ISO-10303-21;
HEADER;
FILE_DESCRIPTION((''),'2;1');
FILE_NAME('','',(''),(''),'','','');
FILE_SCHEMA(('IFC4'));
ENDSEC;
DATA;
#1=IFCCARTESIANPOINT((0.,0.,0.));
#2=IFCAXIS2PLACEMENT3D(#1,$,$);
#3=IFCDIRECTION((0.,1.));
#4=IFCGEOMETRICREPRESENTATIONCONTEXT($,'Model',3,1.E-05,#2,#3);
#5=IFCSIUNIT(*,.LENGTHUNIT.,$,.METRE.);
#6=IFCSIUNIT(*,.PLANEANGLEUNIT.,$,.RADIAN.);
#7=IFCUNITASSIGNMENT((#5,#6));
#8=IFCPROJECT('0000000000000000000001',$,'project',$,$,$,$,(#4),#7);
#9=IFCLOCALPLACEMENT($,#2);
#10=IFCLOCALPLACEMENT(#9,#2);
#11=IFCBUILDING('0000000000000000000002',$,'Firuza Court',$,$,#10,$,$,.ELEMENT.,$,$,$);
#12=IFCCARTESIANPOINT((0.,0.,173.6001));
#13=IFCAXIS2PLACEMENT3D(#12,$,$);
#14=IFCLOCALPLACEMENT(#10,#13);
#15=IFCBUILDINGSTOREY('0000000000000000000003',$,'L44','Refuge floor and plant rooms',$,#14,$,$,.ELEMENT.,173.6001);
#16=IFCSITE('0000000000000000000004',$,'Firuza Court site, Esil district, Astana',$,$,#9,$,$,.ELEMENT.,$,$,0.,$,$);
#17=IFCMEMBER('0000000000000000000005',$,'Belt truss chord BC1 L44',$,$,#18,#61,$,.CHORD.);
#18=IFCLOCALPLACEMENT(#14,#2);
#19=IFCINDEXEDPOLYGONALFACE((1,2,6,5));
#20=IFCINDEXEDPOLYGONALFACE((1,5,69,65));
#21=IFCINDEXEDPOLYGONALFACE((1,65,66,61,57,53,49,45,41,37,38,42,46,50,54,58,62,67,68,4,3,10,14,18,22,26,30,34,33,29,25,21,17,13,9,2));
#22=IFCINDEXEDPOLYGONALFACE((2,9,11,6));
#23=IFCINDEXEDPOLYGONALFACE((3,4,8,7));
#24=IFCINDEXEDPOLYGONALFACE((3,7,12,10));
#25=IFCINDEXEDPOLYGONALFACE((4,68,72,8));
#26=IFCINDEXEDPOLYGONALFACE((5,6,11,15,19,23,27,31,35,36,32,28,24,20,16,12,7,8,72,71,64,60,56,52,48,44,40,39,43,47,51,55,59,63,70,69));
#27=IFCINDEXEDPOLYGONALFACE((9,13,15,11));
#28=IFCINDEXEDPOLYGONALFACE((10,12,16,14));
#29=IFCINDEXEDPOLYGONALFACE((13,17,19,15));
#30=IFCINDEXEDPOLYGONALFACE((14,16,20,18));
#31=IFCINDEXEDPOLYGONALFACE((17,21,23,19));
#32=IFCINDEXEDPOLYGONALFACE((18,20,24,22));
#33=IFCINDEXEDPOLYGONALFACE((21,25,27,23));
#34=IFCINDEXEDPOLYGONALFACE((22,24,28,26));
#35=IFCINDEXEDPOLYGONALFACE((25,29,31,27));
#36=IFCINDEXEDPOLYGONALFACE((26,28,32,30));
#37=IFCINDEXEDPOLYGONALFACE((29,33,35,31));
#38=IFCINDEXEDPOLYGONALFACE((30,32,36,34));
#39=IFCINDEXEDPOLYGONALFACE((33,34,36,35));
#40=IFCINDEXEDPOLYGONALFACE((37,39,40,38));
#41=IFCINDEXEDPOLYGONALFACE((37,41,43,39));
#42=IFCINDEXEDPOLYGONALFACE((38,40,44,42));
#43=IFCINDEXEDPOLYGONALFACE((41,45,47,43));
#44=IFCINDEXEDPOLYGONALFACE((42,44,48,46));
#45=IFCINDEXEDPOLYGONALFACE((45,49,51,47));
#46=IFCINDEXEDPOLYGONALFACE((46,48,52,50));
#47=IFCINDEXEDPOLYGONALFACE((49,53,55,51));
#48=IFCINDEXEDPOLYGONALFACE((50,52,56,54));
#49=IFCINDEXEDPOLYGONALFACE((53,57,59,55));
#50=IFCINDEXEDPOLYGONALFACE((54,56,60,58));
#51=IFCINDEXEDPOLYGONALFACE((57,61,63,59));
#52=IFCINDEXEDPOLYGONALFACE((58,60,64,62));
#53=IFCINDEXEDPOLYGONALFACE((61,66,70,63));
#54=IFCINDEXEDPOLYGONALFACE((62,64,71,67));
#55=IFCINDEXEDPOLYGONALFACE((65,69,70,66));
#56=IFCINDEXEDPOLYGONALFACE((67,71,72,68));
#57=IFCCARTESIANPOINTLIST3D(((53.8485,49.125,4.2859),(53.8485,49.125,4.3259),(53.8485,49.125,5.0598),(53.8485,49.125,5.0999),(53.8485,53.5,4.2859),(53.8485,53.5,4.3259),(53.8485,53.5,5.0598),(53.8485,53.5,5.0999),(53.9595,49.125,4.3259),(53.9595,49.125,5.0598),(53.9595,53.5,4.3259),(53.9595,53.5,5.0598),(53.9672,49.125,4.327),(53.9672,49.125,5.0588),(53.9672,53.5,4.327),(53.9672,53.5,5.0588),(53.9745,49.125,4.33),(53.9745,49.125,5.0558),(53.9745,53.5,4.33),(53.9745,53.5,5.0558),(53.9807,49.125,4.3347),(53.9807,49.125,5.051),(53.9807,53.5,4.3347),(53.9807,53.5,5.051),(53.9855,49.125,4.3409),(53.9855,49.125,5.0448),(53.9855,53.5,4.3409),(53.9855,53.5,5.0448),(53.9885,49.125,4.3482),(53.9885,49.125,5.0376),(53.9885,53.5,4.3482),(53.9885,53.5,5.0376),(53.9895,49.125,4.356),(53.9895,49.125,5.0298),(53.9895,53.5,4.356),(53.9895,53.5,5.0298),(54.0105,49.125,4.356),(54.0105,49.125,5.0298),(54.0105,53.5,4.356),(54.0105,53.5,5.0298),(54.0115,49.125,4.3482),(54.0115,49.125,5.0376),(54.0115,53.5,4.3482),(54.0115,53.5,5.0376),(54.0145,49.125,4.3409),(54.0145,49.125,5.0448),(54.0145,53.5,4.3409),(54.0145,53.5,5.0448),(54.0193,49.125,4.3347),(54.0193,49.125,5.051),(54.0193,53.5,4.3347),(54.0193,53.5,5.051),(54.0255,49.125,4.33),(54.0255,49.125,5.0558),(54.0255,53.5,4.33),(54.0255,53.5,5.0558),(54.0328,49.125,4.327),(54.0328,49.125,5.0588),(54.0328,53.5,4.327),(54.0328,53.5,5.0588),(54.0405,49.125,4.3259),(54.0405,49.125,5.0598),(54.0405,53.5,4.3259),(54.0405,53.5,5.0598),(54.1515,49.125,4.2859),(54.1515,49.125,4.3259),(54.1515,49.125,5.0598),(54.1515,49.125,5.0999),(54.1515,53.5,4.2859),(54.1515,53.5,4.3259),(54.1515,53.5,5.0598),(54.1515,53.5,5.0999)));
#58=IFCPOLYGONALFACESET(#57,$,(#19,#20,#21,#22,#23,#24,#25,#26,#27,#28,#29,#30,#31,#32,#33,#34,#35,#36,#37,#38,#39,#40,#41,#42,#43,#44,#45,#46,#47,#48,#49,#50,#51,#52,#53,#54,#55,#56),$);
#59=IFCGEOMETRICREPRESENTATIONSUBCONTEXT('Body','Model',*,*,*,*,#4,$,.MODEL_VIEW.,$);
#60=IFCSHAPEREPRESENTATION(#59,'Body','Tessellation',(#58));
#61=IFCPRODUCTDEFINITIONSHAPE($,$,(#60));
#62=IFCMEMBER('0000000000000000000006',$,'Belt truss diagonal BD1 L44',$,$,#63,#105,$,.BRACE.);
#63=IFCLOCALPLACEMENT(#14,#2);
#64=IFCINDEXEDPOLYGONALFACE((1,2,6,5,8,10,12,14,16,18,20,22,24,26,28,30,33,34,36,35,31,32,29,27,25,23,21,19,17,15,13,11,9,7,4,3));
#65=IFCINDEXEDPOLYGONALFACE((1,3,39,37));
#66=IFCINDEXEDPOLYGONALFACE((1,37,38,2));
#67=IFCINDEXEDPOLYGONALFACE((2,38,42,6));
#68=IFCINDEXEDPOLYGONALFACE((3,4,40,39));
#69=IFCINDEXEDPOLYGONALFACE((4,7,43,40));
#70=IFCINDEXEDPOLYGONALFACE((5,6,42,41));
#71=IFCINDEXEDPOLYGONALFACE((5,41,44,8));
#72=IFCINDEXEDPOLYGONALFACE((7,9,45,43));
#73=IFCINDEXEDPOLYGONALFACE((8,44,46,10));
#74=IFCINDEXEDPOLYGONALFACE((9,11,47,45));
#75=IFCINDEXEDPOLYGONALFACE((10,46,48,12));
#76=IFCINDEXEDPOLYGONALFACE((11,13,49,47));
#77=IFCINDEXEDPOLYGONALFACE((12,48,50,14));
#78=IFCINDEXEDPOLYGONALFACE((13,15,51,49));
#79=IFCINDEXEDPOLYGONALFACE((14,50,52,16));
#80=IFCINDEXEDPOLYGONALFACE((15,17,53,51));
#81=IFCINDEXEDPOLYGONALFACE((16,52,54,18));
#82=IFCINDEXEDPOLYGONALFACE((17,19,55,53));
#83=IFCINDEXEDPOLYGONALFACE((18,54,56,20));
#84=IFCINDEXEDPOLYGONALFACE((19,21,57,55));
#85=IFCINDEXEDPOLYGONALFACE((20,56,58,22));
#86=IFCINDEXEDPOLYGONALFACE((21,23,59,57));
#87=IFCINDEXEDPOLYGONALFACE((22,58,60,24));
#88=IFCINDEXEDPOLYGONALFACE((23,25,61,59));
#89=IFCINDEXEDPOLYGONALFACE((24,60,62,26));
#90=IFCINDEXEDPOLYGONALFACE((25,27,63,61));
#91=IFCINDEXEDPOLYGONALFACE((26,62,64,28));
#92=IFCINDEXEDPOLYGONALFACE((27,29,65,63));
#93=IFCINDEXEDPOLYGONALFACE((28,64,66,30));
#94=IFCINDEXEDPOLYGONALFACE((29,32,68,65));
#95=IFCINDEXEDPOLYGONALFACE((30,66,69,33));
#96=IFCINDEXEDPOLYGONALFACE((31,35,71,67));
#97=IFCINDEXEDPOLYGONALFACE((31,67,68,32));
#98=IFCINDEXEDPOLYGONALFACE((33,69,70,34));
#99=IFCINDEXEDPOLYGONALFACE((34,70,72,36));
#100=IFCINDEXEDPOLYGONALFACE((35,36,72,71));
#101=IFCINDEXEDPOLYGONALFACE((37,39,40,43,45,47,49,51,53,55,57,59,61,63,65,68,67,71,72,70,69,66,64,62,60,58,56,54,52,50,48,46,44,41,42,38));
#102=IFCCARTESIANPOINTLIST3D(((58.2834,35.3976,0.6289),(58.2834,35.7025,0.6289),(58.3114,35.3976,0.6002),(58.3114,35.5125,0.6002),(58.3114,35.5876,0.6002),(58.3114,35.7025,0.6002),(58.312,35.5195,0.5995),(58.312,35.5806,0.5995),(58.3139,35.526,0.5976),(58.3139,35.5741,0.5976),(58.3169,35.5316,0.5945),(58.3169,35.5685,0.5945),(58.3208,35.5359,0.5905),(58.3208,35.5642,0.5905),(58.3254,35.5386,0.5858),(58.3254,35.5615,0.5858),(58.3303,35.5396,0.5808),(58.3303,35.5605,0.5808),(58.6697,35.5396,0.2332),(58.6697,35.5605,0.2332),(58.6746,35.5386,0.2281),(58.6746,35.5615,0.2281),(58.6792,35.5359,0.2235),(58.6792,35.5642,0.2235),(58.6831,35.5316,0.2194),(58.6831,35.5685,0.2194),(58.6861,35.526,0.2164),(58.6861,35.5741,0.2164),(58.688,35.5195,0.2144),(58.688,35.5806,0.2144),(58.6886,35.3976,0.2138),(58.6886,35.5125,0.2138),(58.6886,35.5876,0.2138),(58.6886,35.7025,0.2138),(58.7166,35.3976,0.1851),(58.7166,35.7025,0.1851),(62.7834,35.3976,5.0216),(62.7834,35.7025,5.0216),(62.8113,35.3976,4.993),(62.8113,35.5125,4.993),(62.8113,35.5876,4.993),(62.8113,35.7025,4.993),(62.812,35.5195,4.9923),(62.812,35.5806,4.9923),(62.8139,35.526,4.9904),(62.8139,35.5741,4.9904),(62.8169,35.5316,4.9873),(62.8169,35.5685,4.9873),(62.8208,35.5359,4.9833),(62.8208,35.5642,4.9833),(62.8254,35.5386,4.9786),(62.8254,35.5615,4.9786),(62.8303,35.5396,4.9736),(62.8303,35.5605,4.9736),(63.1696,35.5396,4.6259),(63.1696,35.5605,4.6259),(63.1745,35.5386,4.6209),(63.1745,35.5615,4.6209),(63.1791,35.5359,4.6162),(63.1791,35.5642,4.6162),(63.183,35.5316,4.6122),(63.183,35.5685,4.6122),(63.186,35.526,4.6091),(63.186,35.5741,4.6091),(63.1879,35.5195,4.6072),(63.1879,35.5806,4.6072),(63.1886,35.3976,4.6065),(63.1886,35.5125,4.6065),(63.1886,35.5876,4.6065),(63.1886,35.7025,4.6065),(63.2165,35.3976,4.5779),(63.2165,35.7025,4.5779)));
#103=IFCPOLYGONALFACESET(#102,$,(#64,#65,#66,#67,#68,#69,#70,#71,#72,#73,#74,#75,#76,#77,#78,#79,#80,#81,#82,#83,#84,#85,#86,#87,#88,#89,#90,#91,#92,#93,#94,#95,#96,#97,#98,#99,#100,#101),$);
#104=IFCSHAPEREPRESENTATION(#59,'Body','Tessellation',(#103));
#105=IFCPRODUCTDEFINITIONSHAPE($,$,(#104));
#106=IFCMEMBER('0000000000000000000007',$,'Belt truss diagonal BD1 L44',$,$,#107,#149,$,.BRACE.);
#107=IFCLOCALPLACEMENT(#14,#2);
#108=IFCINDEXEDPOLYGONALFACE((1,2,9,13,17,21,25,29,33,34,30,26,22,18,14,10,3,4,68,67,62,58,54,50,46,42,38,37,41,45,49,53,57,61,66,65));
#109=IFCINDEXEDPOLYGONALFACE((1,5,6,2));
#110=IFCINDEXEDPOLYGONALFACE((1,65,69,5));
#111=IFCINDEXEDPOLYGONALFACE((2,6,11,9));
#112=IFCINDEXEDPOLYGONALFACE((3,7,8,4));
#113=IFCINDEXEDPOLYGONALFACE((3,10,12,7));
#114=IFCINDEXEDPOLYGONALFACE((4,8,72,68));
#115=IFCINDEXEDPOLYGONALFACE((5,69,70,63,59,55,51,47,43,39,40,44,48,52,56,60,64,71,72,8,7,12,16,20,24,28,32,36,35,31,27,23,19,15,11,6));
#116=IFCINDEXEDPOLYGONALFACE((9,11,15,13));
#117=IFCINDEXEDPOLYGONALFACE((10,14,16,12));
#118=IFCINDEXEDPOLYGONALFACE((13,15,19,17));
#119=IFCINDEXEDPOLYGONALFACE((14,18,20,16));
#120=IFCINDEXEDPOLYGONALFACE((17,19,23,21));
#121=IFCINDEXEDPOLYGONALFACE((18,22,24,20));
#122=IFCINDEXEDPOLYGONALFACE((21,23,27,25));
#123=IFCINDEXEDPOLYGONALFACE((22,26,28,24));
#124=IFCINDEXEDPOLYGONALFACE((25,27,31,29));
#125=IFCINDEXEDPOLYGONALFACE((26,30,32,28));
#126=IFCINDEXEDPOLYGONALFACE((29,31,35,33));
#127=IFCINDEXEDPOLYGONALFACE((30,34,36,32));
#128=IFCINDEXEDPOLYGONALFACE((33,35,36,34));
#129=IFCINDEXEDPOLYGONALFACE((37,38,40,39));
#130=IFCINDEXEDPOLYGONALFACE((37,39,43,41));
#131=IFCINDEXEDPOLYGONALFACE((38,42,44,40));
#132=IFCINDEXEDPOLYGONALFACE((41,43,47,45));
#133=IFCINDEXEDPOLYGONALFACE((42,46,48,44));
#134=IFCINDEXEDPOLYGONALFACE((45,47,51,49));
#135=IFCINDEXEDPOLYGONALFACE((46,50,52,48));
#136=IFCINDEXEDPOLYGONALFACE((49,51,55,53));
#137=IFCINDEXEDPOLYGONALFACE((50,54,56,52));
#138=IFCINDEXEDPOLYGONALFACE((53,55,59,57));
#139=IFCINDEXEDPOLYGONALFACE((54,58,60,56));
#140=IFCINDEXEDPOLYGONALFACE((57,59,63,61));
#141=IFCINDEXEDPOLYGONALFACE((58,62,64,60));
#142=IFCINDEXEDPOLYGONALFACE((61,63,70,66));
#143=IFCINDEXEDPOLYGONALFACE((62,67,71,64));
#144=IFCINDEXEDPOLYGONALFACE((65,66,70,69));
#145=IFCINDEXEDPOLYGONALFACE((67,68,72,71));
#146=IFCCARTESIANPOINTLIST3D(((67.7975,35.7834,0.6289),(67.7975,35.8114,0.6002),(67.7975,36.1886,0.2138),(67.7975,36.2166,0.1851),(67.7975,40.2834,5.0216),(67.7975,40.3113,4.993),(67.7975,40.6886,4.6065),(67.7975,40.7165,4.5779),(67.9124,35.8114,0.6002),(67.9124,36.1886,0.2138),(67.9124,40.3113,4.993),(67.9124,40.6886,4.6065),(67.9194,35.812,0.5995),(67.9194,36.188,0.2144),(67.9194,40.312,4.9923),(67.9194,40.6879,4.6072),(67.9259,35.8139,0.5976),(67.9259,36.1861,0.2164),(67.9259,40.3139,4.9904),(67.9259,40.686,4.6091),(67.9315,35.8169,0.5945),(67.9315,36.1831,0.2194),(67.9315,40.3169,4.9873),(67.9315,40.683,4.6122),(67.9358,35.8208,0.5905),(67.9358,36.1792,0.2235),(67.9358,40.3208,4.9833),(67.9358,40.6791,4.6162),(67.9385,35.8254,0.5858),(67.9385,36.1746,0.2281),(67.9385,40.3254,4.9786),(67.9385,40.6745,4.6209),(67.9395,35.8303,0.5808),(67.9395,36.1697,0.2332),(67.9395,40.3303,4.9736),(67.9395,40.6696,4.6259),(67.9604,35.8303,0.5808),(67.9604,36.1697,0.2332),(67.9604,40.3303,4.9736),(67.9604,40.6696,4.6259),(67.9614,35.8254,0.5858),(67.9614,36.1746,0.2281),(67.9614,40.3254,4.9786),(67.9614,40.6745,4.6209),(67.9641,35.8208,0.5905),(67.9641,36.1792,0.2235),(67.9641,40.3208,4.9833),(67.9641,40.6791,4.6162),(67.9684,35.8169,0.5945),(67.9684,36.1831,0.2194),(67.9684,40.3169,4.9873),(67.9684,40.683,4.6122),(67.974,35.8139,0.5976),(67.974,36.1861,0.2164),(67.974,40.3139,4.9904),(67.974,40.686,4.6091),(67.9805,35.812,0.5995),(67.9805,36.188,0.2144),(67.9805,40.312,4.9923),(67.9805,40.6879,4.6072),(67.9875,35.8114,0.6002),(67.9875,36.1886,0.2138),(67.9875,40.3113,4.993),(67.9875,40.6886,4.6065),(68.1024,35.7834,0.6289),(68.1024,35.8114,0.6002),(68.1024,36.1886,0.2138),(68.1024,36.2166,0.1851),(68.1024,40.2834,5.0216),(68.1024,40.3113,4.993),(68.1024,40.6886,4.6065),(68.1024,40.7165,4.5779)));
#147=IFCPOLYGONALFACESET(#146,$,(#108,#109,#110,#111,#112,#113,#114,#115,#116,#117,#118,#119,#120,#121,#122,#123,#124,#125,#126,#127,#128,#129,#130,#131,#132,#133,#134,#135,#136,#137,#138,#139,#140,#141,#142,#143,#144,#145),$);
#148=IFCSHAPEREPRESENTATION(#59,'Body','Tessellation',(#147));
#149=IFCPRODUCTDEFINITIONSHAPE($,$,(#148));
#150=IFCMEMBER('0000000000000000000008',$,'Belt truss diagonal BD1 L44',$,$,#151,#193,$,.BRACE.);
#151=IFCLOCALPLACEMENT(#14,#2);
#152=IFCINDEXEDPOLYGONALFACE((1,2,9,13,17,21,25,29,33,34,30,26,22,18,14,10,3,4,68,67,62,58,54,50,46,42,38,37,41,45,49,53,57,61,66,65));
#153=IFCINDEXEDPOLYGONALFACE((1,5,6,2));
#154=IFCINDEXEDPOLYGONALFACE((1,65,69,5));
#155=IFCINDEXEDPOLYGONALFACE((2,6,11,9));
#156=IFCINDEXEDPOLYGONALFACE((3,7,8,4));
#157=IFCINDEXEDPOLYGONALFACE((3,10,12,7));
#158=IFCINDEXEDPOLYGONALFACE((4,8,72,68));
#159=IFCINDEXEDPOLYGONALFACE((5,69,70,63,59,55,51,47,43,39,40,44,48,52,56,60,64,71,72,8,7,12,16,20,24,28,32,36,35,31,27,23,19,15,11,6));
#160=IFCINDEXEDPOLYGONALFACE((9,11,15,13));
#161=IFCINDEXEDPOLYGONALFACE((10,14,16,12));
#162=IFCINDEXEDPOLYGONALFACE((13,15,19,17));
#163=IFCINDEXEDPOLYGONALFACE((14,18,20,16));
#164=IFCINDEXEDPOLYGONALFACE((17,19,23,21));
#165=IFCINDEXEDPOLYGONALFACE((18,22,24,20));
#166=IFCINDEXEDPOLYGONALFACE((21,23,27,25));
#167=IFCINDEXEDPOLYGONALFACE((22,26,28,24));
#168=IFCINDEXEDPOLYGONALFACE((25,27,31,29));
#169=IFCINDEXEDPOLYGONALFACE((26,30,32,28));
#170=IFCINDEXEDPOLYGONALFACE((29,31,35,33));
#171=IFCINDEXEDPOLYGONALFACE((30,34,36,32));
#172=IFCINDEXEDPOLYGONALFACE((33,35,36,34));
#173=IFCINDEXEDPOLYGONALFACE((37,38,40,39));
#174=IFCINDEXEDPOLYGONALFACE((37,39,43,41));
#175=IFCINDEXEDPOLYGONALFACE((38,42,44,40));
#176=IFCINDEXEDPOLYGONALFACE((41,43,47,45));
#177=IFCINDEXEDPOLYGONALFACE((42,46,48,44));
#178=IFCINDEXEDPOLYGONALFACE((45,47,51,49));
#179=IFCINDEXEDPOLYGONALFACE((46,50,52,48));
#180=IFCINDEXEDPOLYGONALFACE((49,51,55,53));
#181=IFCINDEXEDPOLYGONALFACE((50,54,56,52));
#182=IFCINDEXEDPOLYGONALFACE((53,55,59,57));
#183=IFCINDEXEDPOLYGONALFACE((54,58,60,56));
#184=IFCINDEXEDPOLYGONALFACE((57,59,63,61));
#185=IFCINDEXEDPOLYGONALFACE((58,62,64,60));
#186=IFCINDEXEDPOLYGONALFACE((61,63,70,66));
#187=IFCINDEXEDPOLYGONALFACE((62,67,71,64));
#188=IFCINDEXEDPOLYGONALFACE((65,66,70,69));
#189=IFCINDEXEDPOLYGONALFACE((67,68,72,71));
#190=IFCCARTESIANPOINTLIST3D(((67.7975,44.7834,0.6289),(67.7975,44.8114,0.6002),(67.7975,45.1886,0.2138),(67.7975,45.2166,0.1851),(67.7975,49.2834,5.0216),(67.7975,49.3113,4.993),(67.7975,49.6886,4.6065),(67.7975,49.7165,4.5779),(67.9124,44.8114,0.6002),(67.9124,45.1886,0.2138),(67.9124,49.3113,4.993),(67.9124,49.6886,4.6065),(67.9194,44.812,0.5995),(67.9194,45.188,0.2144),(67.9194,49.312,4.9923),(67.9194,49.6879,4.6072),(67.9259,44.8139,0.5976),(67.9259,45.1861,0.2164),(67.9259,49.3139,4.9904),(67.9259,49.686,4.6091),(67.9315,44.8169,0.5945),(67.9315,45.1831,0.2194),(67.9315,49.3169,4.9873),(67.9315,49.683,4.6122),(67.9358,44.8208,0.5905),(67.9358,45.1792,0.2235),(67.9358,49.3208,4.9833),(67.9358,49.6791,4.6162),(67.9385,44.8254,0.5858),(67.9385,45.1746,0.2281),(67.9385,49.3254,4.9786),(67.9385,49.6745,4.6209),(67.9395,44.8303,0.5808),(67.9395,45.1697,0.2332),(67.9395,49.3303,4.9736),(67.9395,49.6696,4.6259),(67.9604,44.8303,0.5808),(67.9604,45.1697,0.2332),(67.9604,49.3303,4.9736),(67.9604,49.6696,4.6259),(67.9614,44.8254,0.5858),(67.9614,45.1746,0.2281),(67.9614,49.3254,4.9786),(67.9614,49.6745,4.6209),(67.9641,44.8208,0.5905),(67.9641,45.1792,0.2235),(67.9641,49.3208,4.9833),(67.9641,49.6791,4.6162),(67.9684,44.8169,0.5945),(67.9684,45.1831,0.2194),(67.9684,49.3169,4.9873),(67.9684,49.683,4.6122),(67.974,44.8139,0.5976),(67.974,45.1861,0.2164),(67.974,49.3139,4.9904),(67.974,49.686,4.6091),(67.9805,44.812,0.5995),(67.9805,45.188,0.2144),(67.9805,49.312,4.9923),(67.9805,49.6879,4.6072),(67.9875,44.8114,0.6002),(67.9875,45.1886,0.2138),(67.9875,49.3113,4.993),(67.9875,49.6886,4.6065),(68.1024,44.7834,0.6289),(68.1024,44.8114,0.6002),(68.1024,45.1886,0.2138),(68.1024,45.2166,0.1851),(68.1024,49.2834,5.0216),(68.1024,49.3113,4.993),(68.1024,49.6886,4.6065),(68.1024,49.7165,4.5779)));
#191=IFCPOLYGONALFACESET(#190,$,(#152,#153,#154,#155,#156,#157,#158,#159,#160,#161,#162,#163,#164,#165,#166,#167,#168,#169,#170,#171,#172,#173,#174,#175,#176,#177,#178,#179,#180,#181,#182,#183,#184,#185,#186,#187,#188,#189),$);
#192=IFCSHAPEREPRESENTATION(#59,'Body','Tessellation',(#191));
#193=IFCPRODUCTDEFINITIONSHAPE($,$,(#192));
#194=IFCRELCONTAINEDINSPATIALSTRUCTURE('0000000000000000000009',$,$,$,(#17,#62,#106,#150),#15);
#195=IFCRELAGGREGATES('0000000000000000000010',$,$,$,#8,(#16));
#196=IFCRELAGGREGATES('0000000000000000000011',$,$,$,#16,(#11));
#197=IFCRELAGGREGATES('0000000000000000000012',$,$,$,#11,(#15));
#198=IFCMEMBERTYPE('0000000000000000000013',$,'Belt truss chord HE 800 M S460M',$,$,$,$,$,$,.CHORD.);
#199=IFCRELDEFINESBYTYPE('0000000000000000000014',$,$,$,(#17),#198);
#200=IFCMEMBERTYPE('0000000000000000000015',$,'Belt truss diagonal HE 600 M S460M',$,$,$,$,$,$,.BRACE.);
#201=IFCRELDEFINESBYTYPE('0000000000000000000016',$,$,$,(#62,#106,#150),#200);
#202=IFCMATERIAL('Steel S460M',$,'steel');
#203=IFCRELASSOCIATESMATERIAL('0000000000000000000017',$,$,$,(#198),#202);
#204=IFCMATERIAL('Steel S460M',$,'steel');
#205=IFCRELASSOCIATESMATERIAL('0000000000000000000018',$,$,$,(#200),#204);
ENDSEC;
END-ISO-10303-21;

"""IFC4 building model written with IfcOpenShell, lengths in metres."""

from ifc_helpers import new_model, si_unit, direction, frame, origin, origin_2d, place, context, subcontext, project, spatial, i_section, extrude, material, material_profile, profile_set, type_object, element, save


model = new_model("IFC4")

# Units and contexts
model_context = context("Model", 3, precision=1e-05, world=origin(), true_north=direction((0.0, 1.0)))
body_context = subcontext(model_context, "Body", "Model", "MODEL_VIEW")
ifc_project = project(units=[si_unit("LENGTHUNIT", "METRE"), si_unit("PLANEANGLEUNIT", "RADIAN")], contexts=[model_context])

# Site, building, storey
site_placement = place(None, origin())
site = spatial("IfcSite", under=ifc_project, at=site_placement, Name="Firuza Court site, Esil district, Astana", CompositionType="ELEMENT", RefElevation=0.0)
building_placement = place(site_placement, origin())
building = spatial("IfcBuilding", under=site, at=building_placement, Name="Firuza Court", CompositionType="ELEMENT")
storey_placement = place(building_placement, frame((0.0, 0.0, 173.6001)))
storey = spatial("IfcBuildingStorey", under=building, at=storey_placement, Name="L44", Description="Refuge floor and plant rooms", CompositionType="ELEMENT", Elevation=173.6001)

# Members
ifc_material_1 = material(Name="Steel S460M", Category="steel")
ifc_material_profile_1 = material_profile(ifc_material_1, i_section(OverallWidth=0.303, OverallDepth=0.814, WebThickness=0.021, FlangeThickness=0.04, FilletRadius=0.03, at=origin_2d()), Name="HE 800 M")
ifc_profile_set_1 = profile_set([ifc_material_profile_1], Name="Steel S460M")
member_type_1 = type_object("IfcMemberType", Name="Belt truss chord HE 800 M S460M", PredefinedType="CHORD", material=ifc_profile_set_1)
for number, where, z_axis, x_axis, name in (
    (1, (54.0, 49.125, 4.6929), (0.0, 1.0, 0.0), (-1.0, 0.0, 0.0), "Belt truss chord BC1 L44"),
):
    element("IfcMember", number, at=place(storey_placement, frame(where, z_axis=z_axis, x_axis=x_axis)), inside=storey, type_object=member_type_1, Name=name, PredefinedType="CHORD", context=body_context, shape_type="SweptSolid", body=[
        extrude(i_section(OverallWidth=0.303, OverallDepth=0.814, WebThickness=0.021, FlangeThickness=0.04, FilletRadius=0.03, at=origin_2d()), origin(), (0.0, 0.0, 1.0), 4.375),
    ])
ifc_material_2 = material(Name="Steel S460M", Category="steel")
ifc_material_profile_2 = material_profile(ifc_material_2, i_section(OverallWidth=0.3049, OverallDepth=0.6201, WebThickness=0.021, FlangeThickness=0.04, FilletRadius=0.0271, at=origin_2d()), Name="HE 600 M")
ifc_profile_set_2 = profile_set([ifc_material_profile_2], Name="Steel S460M")
member_type_2 = type_object("IfcMemberType", Name="Belt truss diagonal HE 600 M S460M", PredefinedType="BRACE", material=ifc_profile_set_2)
for number, where, z_axis, x_axis, name in (
    (2, (58.5, 35.55, 0.407), (0.715577, 0.0, 0.698534), (0.0, 1.0, 0.0), "Belt truss diagonal BD1 L44"),
    (3, (67.95, 36.0, 0.407), (0.0, 0.715577, 0.698534), (-1.0, 0.0, 0.0), "Belt truss diagonal BD1 L44"),
    (4, (67.95, 45.0, 0.407), (0.0, 0.715577, 0.698534), (-1.0, 0.0, 0.0), "Belt truss diagonal BD1 L44"),
):
    element("IfcMember", number, at=place(storey_placement, frame(where, z_axis=z_axis, x_axis=x_axis)), inside=storey, type_object=member_type_2, Name=name, PredefinedType="BRACE", context=body_context, shape_type="SweptSolid", body=[
        extrude(i_section(OverallWidth=0.3049, OverallDepth=0.6201, WebThickness=0.021, FlangeThickness=0.04, FilletRadius=0.0271, at=origin_2d()), origin(), (0.0, 0.0, 1.0), 6.2886),
    ])

save(model, "model.ifc")
